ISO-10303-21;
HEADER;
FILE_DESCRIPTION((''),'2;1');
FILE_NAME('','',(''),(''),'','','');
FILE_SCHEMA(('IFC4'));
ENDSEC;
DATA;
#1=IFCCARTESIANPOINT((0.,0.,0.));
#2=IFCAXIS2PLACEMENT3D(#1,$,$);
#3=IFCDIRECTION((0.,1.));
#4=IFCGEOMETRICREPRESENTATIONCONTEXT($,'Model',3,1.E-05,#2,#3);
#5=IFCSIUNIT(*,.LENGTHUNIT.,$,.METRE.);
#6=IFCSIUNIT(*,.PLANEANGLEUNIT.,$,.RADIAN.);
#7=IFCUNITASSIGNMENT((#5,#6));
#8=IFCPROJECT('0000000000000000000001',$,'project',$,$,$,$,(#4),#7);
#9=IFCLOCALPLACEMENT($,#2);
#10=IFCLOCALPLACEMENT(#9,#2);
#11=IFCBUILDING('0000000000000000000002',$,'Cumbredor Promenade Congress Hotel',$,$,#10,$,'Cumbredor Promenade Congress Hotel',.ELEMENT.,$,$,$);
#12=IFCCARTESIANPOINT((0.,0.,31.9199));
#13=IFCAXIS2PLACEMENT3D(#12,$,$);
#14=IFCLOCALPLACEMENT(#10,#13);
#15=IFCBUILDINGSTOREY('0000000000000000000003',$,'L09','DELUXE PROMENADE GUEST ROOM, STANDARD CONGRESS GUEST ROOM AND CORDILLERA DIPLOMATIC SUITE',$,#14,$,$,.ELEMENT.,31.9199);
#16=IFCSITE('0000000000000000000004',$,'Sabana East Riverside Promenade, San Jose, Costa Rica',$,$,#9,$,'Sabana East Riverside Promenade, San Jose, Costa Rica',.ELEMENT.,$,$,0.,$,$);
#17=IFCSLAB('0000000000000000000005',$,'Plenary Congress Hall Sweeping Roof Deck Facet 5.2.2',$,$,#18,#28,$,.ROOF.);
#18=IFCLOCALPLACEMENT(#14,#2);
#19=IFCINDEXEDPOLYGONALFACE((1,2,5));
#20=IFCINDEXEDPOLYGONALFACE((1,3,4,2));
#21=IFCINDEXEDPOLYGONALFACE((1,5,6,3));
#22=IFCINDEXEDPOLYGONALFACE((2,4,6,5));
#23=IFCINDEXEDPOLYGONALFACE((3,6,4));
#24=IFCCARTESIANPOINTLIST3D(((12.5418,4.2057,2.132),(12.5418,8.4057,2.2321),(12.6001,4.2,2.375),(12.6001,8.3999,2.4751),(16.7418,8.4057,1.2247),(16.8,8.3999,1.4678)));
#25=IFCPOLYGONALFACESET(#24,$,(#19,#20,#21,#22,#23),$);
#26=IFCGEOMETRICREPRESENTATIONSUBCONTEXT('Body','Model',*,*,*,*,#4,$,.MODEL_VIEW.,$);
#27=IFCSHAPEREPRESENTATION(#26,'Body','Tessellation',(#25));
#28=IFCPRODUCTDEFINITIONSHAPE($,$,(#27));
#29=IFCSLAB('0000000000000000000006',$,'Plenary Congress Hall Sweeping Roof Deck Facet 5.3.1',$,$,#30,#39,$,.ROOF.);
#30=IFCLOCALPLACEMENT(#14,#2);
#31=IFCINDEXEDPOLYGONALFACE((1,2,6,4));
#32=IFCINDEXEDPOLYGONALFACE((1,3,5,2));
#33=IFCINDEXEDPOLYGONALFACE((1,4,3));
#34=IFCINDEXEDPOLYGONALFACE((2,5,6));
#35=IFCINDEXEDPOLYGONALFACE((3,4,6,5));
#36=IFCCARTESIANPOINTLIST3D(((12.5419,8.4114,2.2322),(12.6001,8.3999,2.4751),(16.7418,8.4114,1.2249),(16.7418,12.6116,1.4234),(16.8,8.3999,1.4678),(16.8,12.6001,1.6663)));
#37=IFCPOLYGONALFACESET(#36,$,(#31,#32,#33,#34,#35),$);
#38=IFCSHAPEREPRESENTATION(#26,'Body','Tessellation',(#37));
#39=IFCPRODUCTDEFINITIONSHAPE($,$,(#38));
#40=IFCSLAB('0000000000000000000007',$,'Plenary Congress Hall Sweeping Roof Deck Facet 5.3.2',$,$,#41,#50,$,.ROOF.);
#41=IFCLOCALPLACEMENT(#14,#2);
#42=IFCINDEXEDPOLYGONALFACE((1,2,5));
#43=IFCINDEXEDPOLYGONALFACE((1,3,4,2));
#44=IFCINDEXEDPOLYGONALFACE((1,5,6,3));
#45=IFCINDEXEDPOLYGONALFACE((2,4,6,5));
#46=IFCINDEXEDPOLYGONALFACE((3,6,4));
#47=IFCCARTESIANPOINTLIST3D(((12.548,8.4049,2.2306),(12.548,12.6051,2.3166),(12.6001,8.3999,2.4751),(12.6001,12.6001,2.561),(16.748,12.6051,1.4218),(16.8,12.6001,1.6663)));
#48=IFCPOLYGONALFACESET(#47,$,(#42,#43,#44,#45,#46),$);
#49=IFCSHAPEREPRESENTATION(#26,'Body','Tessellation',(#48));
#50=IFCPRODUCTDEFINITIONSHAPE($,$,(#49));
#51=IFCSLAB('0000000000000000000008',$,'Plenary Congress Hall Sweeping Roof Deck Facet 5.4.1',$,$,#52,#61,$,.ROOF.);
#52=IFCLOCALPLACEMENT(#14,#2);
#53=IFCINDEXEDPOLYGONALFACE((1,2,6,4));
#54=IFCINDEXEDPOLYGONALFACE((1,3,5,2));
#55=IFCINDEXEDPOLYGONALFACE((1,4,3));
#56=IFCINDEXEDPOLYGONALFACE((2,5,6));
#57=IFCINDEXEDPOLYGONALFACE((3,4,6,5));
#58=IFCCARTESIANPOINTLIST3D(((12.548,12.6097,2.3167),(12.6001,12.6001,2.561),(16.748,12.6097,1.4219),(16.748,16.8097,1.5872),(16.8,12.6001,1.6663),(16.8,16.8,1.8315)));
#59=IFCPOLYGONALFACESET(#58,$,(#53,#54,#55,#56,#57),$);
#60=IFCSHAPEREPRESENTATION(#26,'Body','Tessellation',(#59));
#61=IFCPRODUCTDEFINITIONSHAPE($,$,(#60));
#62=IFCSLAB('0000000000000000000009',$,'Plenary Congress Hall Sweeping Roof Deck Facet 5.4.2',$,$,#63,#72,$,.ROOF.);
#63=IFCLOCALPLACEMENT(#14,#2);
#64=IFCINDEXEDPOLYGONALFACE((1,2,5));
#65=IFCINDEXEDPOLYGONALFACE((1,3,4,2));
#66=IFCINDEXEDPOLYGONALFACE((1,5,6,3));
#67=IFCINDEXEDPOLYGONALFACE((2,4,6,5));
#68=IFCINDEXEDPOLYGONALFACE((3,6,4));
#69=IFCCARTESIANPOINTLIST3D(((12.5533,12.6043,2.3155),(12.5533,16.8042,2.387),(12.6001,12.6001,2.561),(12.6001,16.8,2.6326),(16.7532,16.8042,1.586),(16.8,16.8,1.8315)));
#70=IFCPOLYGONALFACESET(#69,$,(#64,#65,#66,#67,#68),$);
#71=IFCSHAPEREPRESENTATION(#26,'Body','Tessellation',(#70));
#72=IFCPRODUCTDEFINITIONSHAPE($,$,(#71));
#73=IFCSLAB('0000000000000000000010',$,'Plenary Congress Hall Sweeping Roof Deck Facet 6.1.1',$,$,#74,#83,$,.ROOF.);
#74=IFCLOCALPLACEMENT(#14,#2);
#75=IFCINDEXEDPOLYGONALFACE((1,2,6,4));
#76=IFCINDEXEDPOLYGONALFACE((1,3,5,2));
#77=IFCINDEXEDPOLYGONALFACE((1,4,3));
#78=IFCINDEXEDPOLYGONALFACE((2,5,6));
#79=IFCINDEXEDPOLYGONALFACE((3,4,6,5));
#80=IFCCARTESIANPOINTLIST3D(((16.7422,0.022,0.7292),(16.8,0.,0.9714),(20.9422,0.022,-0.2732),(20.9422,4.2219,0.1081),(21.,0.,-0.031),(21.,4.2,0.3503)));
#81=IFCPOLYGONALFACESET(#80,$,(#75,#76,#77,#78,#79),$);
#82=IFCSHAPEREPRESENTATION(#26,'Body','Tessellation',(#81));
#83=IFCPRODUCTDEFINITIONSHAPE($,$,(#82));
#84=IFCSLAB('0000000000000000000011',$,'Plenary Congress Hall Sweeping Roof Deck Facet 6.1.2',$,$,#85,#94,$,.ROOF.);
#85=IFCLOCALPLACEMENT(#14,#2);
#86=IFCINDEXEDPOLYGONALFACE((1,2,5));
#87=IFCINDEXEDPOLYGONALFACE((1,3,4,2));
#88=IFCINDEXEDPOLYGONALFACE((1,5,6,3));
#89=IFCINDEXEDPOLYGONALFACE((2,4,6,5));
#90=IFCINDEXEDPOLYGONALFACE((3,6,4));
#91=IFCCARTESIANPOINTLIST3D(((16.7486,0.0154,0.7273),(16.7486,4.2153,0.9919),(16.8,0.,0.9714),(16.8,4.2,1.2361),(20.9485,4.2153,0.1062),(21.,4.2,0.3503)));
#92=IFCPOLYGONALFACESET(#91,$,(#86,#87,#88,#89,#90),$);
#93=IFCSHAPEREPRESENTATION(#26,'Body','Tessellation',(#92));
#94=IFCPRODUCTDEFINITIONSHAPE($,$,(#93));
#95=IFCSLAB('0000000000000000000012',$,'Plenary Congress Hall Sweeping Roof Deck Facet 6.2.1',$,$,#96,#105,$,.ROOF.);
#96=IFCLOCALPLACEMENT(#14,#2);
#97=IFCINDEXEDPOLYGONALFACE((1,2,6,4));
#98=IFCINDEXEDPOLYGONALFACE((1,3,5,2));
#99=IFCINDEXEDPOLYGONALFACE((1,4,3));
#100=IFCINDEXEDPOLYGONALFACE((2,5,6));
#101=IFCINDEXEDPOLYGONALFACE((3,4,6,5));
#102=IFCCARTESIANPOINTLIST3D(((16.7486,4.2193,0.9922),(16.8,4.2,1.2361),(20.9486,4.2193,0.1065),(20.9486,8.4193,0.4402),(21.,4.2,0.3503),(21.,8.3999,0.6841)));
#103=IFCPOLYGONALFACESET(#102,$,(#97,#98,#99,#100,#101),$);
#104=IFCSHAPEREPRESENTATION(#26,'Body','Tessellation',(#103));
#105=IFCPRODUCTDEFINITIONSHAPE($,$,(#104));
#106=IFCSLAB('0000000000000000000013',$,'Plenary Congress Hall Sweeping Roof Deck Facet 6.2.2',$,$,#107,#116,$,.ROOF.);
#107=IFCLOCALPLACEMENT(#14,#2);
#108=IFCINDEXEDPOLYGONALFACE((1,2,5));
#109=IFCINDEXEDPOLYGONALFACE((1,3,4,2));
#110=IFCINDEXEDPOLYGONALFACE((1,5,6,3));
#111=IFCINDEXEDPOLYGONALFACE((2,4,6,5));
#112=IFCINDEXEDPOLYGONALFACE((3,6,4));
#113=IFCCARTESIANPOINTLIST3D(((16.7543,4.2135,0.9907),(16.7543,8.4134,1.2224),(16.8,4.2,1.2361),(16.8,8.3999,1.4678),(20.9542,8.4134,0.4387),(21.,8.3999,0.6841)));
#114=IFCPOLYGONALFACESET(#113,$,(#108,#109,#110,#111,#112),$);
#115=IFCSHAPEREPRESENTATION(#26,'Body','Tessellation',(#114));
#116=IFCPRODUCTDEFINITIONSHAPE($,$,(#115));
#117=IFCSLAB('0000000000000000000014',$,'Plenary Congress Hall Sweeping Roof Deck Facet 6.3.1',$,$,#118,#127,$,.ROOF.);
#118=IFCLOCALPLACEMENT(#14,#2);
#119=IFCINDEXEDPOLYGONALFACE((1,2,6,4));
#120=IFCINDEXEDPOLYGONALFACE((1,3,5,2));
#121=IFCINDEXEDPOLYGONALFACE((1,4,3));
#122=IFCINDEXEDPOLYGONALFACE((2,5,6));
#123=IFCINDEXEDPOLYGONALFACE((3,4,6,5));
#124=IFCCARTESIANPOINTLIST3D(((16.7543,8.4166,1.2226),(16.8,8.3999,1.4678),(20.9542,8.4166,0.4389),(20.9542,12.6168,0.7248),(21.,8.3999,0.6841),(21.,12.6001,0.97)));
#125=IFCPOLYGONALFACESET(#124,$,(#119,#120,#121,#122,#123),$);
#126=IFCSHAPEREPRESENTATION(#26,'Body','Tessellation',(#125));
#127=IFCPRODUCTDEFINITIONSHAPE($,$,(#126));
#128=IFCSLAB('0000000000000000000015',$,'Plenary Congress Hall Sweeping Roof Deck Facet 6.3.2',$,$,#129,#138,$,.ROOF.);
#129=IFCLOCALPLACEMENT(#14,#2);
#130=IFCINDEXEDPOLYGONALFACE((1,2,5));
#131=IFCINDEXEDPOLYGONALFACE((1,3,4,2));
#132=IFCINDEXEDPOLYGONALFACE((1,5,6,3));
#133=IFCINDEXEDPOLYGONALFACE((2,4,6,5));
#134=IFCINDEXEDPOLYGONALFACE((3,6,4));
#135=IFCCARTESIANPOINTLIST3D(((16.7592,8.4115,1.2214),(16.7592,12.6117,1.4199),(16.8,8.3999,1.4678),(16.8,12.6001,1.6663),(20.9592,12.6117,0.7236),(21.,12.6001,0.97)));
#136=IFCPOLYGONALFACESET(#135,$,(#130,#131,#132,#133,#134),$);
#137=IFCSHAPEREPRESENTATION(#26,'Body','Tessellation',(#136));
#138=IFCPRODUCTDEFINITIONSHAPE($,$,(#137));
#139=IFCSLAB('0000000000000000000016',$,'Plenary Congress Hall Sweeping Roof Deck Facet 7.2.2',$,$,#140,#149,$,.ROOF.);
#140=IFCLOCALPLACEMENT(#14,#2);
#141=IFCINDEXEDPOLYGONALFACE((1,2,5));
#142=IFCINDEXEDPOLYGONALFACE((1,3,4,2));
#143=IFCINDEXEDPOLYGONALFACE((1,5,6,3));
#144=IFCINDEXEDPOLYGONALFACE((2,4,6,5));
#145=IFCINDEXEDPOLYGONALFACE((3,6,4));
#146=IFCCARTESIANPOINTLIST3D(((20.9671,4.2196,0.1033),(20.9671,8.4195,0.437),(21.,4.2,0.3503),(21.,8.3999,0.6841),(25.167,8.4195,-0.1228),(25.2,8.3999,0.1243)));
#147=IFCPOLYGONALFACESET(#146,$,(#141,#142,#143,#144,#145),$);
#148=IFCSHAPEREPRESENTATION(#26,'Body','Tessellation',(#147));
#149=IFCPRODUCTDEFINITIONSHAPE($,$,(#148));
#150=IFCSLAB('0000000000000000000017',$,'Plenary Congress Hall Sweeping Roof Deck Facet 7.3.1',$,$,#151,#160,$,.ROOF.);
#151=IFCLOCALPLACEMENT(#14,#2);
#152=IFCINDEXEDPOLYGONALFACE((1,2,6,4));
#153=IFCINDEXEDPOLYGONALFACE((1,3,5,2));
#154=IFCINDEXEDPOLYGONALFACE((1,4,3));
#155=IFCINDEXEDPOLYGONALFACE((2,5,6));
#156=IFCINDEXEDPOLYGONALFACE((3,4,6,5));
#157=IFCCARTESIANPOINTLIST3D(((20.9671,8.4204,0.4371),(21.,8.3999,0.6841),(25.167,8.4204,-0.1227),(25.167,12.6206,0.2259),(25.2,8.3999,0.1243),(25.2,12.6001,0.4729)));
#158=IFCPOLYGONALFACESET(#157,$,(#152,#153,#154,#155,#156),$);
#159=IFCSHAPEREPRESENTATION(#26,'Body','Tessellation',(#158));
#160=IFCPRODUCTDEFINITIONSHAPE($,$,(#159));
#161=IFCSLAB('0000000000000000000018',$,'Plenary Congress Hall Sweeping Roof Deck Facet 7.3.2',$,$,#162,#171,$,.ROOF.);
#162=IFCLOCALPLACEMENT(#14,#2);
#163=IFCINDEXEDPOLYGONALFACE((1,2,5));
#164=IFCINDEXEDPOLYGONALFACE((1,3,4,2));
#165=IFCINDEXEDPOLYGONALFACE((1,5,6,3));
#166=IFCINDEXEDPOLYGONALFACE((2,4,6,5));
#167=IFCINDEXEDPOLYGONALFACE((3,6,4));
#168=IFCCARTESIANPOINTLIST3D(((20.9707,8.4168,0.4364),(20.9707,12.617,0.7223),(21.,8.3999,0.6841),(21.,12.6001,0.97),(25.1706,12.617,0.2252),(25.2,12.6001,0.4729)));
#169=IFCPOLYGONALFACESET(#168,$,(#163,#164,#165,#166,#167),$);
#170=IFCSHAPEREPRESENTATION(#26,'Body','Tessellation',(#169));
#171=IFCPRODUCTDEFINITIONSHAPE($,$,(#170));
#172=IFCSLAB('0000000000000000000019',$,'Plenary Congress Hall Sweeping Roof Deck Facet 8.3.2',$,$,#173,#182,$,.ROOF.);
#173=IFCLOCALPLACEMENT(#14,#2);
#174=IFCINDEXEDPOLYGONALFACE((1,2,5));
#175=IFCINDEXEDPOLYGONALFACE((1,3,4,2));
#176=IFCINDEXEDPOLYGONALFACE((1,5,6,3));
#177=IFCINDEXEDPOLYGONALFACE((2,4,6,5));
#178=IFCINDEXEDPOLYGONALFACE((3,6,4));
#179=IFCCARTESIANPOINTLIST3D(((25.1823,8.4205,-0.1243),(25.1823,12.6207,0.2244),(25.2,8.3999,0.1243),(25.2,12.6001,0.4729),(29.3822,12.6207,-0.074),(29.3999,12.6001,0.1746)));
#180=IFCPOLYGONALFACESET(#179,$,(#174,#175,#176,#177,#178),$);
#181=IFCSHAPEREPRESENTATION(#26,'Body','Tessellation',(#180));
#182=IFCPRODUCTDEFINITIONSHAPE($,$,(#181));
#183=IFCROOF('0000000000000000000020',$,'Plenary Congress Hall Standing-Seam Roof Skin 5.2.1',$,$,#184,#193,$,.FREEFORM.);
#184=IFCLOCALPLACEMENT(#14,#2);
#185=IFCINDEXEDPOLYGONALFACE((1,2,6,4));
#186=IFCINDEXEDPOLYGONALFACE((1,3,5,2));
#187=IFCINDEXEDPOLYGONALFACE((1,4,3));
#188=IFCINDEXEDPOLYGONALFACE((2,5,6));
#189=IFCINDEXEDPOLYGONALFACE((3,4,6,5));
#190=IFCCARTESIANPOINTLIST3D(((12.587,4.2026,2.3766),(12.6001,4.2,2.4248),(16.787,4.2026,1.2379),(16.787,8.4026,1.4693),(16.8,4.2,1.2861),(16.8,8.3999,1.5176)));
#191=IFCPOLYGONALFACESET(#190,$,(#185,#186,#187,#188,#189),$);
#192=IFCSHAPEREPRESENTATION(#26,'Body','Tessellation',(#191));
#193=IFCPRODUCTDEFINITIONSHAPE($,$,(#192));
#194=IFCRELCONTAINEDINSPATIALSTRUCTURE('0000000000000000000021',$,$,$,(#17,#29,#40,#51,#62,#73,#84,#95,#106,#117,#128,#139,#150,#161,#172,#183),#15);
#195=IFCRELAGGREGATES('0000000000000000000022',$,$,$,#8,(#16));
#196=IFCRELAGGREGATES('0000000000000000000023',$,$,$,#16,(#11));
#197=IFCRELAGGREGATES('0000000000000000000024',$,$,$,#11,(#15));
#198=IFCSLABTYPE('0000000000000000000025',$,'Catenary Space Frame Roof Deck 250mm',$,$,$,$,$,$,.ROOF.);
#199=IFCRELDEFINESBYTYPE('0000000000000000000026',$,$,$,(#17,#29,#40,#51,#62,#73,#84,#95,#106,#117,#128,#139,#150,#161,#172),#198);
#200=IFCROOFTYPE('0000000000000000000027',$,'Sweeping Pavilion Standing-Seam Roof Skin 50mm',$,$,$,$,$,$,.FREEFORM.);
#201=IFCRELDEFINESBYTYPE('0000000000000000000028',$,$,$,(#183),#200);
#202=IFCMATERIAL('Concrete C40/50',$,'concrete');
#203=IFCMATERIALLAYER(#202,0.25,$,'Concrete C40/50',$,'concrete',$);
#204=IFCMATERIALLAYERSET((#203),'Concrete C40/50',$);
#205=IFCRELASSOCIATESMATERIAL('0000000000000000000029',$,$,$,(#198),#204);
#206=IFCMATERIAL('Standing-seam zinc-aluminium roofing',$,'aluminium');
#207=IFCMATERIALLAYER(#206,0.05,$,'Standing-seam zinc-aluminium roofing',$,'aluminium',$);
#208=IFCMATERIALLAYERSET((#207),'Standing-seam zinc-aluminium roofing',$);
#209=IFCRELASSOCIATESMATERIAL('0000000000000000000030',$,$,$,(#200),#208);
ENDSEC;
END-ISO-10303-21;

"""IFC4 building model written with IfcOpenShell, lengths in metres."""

from ifc_helpers import new_model, si_unit, direction, frame, origin, place, context, subcontext, project, spatial, polyline, outline, extrude, material, layer, layer_set, type_object, element, save


model = new_model("IFC4")

# Units and contexts
model_context = context("Model", 3, precision=1e-05, world=origin(), true_north=direction((0.0, 1.0)))
body_context = subcontext(model_context, "Body", "Model", "MODEL_VIEW")
ifc_project = project(units=[si_unit("LENGTHUNIT", "METRE"), si_unit("PLANEANGLEUNIT", "RADIAN")], contexts=[model_context])

# Site, building, storey
site_placement = place(None, origin())
site = spatial("IfcSite", under=ifc_project, at=site_placement, Name="Sabana East Riverside Promenade, San Jose, Costa Rica", LongName="Sabana East Riverside Promenade, San Jose, Costa Rica", CompositionType="ELEMENT", RefElevation=0.0)
building_placement = place(site_placement, origin())
building = spatial("IfcBuilding", under=site, at=building_placement, Name="Cumbredor Promenade Congress Hotel", LongName="Cumbredor Promenade Congress Hotel", CompositionType="ELEMENT")
storey_placement = place(building_placement, frame((0.0, 0.0, 31.9199)))
storey = spatial("IfcBuildingStorey", under=building, at=storey_placement, Name="L09", Description="DELUXE PROMENADE GUEST ROOM, STANDARD CONGRESS GUEST ROOM AND CORDILLERA DIPLOMATIC SUITE", CompositionType="ELEMENT", Elevation=31.9199)

# Slabs
ifc_material_1 = material(Name="Concrete C40/50", Category="concrete")
ifc_layer_1 = layer(ifc_material_1, 0.25, Name="Concrete C40/50", Category="concrete")
ifc_layer_set_1 = layer_set([ifc_layer_1], Name="Concrete C40/50")
slab_type = type_object("IfcSlabType", Name="Catenary Space Frame Roof Deck 250mm", PredefinedType="ROOF", material=ifc_layer_set_1)
slab_1_placement = place(storey_placement, frame((12.6001, 4.2, 2.375), z_axis=(0.233165, -0.02317, 0.972161), x_axis=(0.699, 0.699, -0.15099)))
element("IfcSlab", 1, at=slab_1_placement, inside=storey, type_object=slab_type, Name="Plenary Congress Hall Sweeping Roof Deck Facet 5.2.2", PredefinedType="ROOF", context=body_context, shape_type="SweptSolid", body=[
    extrude(outline(polyline([(0.0, 0.0), (6.0085, 0.0), (2.9207, 3.0198), (0.0, 0.0)])), origin(), (0.0, 0.0, -1.0), 0.25),
])
slab_2_placement = place(storey_placement, frame((12.6001, 8.3999, 2.4751), z_axis=(0.232982, -0.045905, 0.971397), x_axis=(0.972422, 0.0, -0.233228)))
element("IfcSlab", 2, at=slab_2_placement, inside=storey, type_object=slab_type, Name="Plenary Congress Hall Sweeping Roof Deck Facet 5.3.1", PredefinedType="ROOF", context=body_context, shape_type="SweptSolid", body=[
    extrude(outline(polyline([(0.0, 0.0), (4.3191, 0.0), (4.2728, 4.2046), (0.0, 0.0)])), origin(), (0.0, 0.0, -1.0), 0.25),
])
slab_3_placement = place(storey_placement, frame((12.6001, 8.3999, 2.4751), z_axis=(0.208326, -0.020007, 0.977855), x_axis=(0.70062, 0.700661, -0.134927)))
element("IfcSlab", 3, at=slab_3_placement, inside=storey, type_object=slab_type, Name="Plenary Congress Hall Sweeping Roof Deck Facet 5.3.2", PredefinedType="ROOF", context=body_context, shape_type="SweptSolid", body=[
    extrude(outline(polyline([(0.0, 0.0), (5.9946, 0.0), (2.9313, 3.0094), (0.0, 0.0)])), origin(), (0.0, 0.0, -1.0), 0.25),
])
slab_4_placement = place(storey_placement, frame((12.6001, 12.6001, 2.561), z_axis=(0.208214, -0.038461, 0.977327), x_axis=(0.97805, 0.0, -0.208368)))
element("IfcSlab", 4, at=slab_4_placement, inside=storey, type_object=slab_type, Name="Plenary Congress Hall Sweeping Roof Deck Facet 5.4.1", PredefinedType="ROOF", context=body_context, shape_type="SweptSolid", body=[
    extrude(outline(polyline([(0.0, 0.0), (4.2942, 0.0), (4.2598, 4.2031), (0.0, 0.0)])), origin(), (0.0, 0.0, -1.0), 0.25),
])
slab_5_placement = place(storey_placement, frame((12.6001, 12.6001, 2.561), z_axis=(0.187319, -0.016728, 0.982157), x_axis=(0.701833, 0.701833, -0.121902)))
element("IfcSlab", 5, at=slab_5_placement, inside=storey, type_object=slab_type, Name="Plenary Congress Hall Sweeping Roof Deck Facet 5.4.2", PredefinedType="ROOF", context=body_context, shape_type="SweptSolid", body=[
    extrude(outline(polyline([(0.0, 0.0), (5.9843, 0.0), (2.9389, 3.0012), (0.0, 0.0)])), origin(), (0.0, 0.0, -1.0), 0.25),
])
slab_6_placement = place(storey_placement, frame((16.8, 0.0, 0.9714), z_axis=(0.231258, -0.087975, 0.968907), x_axis=(0.972678, 0.0, -0.232158)))
element("IfcSlab", 6, at=slab_6_placement, inside=storey, type_object=slab_type, Name="Plenary Congress Hall Sweeping Roof Deck Facet 6.1.1", PredefinedType="ROOF", context=body_context, shape_type="SweptSolid", body=[
    extrude(outline(polyline([(0.0, 0.0), (4.3179, 0.0), (4.2294, 4.2163), (0.0, 0.0)])), origin(), (0.0, 0.0, -1.0), 0.25),
])
slab_7_placement = place(storey_placement, frame((16.8, 0.0, 0.9714), z_axis=(0.205963, -0.061539, 0.976623), x_axis=(0.703272, 0.703272, -0.104001)))
element("IfcSlab", 7, at=slab_7_placement, inside=storey, type_object=slab_type, Name="Plenary Congress Hall Sweeping Roof Deck Facet 6.1.2", PredefinedType="ROOF", context=body_context, shape_type="SweptSolid", body=[
    extrude(outline(polyline([(0.0, 0.0), (5.972, 0.0), (2.9262, 3.0244), (0.0, 0.0)])), origin(), (0.0, 0.0, -1.0), 0.25),
])
slab_8_placement = place(storey_placement, frame((16.8, 4.2, 1.2361), z_axis=(0.205734, -0.077519, 0.975533), x_axis=(0.978477, 0.0, -0.206354)))
element("IfcSlab", 8, at=slab_8_placement, inside=storey, type_object=slab_type, Name="Plenary Congress Hall Sweeping Roof Deck Facet 6.2.1", PredefinedType="ROOF", context=body_context, shape_type="SweptSolid", body=[
    extrude(outline(polyline([(0.0, 0.0), (4.2923, 0.0), (4.2235, 4.2126), (0.0, 0.0)])), origin(), (0.0, 0.0, -1.0), 0.25),
])
slab_9_placement = place(storey_placement, frame((16.8, 4.2, 1.2361), z_axis=(0.18316, -0.054149, 0.981591), x_axis=(0.704073, 0.704073, -0.092537)))
element("IfcSlab", 9, at=slab_9_placement, inside=storey, type_object=slab_type, Name="Plenary Congress Hall Sweeping Roof Deck Facet 6.2.2", PredefinedType="ROOF", context=body_context, shape_type="SweptSolid", body=[
    extrude(outline(polyline([(0.0, 0.0), (5.9652, 0.0), (2.9356, 3.0125), (0.0, 0.0)])), origin(), (0.0, 0.0, -1.0), 0.25),
])
slab_10_placement = place(storey_placement, frame((16.8, 8.3999, 1.4678), z_axis=(0.18302, -0.066761, 0.98084), x_axis=(0.983033, 0.0, -0.183429)))
element("IfcSlab", 10, at=slab_10_placement, inside=storey, type_object=slab_type, Name="Plenary Congress Hall Sweeping Roof Deck Facet 6.3.1", PredefinedType="ROOF", context=body_context, shape_type="SweptSolid", body=[
    extrude(outline(polyline([(0.0, 0.0), (4.2724, 0.0), (4.22, 4.2096), (0.0, 0.0)])), origin(), (0.0, 0.0, -1.0), 0.25),
])
slab_11_placement = place(storey_placement, frame((16.8, 8.3999, 1.4678), z_axis=(0.163375, -0.04657, 0.985464), x_axis=(0.704616, 0.704657, -0.083515)))
element("IfcSlab", 11, at=slab_11_placement, inside=storey, type_object=slab_type, Name="Plenary Congress Hall Sweeping Roof Deck Facet 6.3.2", PredefinedType="ROOF", context=body_context, shape_type="SweptSolid", body=[
    extrude(outline(polyline([(0.0, 0.0), (5.9606, 0.0), (2.9431, 3.0032), (0.0, 0.0)])), origin(), (0.0, 0.0, -1.0), 0.25),
])
slab_12_placement = place(storey_placement, frame((21.0, 4.2, 0.3503), z_axis=(0.131714, -0.078523, 0.988173), x_axis=(0.706595, 0.706595, -0.038034)))
element("IfcSlab", 12, at=slab_12_placement, inside=storey, type_object=slab_type, Name="Plenary Congress Hall Sweeping Roof Deck Facet 7.2.2", PredefinedType="ROOF", context=body_context, shape_type="SweptSolid", body=[
    extrude(outline(polyline([(0.0, 0.0), (5.9439, 0.0), (2.955, 3.0032), (0.0, 0.0)])), origin(), (0.0, 0.0, -1.0), 0.25),
])
slab_13_placement = place(storey_placement, frame((21.0, 8.3999, 0.6841), z_axis=(0.131677, -0.081999, 0.987895), x_axis=(0.991233, 0.0, -0.132122)))
element("IfcSlab", 13, at=slab_13_placement, inside=storey, type_object=slab_type, Name="Plenary Congress Hall Sweeping Roof Deck Facet 7.3.1", PredefinedType="ROOF", context=body_context, shape_type="SweptSolid", body=[
    extrude(outline(polyline([(0.0, 0.0), (4.2371, 0.0), (4.191, 4.2144), (0.0, 0.0)])), origin(), (0.0, 0.0, -1.0), 0.25),
])
slab_14_placement = place(storey_placement, frame((21.0, 8.3999, 0.6841), z_axis=(0.117264, -0.06744, 0.990808), x_axis=(0.70664, 0.706681, -0.035531)))
element("IfcSlab", 14, at=slab_14_placement, inside=storey, type_object=slab_type, Name="Plenary Congress Hall Sweeping Roof Deck Facet 7.3.2", PredefinedType="ROOF", context=body_context, shape_type="SweptSolid", body=[
    extrude(outline(polyline([(0.0, 0.0), (5.9436, 0.0), (2.958, 2.9956), (0.0, 0.0)])), origin(), (0.0, 0.0, -1.0), 0.25),
])
slab_15_placement = place(storey_placement, frame((25.2, 8.3999, 0.1243), z_axis=(0.070614, -0.082513, 0.994085), x_axis=(0.707061, 0.707102, 0.008467)))
element("IfcSlab", 15, at=slab_15_placement, inside=storey, type_object=slab_type, Name="Plenary Congress Hall Sweeping Roof Deck Facet 8.3.2", PredefinedType="ROOF", context=body_context, shape_type="SweptSolid", body=[
    extrude(outline(polyline([(0.0, 0.0), (5.94, 0.0), (2.9729, 2.9875), (0.0, 0.0)])), origin(), (0.0, 0.0, -1.0), 0.25),
])

# Roof
ifc_material_2 = material(Name="Standing-seam zinc-aluminium roofing", Category="aluminium")
ifc_layer_2 = layer(ifc_material_2, 0.05, Name="Standing-seam zinc-aluminium roofing", Category="aluminium")
ifc_layer_set_2 = layer_set([ifc_layer_2], Name="Standing-seam zinc-aluminium roofing")
roof_type = type_object("IfcRoofType", Name="Sweeping Pavilion Standing-Seam Roof Skin 50mm", PredefinedType="FREEFORM", material=ifc_layer_set_2)
roof_1_placement = place(storey_placement, frame((12.6001, 4.2, 2.4248), z_axis=(0.2613, -0.053112, 0.963795), x_axis=(0.965158, 0.0, -0.261669)))
element("IfcRoof", 16, at=roof_1_placement, inside=storey, type_object=roof_type, Name="Plenary Congress Hall Standing-Seam Roof Skin 5.2.1", PredefinedType="FREEFORM", context=body_context, shape_type="SweptSolid", body=[
    extrude(outline(polyline([(0.0, 0.0), (4.3516, 0.0), (4.291, 4.2059), (0.0, 0.0)])), origin(), (0.0, 0.0, -1.0), 0.05),
])

save(model, "model.ifc")
